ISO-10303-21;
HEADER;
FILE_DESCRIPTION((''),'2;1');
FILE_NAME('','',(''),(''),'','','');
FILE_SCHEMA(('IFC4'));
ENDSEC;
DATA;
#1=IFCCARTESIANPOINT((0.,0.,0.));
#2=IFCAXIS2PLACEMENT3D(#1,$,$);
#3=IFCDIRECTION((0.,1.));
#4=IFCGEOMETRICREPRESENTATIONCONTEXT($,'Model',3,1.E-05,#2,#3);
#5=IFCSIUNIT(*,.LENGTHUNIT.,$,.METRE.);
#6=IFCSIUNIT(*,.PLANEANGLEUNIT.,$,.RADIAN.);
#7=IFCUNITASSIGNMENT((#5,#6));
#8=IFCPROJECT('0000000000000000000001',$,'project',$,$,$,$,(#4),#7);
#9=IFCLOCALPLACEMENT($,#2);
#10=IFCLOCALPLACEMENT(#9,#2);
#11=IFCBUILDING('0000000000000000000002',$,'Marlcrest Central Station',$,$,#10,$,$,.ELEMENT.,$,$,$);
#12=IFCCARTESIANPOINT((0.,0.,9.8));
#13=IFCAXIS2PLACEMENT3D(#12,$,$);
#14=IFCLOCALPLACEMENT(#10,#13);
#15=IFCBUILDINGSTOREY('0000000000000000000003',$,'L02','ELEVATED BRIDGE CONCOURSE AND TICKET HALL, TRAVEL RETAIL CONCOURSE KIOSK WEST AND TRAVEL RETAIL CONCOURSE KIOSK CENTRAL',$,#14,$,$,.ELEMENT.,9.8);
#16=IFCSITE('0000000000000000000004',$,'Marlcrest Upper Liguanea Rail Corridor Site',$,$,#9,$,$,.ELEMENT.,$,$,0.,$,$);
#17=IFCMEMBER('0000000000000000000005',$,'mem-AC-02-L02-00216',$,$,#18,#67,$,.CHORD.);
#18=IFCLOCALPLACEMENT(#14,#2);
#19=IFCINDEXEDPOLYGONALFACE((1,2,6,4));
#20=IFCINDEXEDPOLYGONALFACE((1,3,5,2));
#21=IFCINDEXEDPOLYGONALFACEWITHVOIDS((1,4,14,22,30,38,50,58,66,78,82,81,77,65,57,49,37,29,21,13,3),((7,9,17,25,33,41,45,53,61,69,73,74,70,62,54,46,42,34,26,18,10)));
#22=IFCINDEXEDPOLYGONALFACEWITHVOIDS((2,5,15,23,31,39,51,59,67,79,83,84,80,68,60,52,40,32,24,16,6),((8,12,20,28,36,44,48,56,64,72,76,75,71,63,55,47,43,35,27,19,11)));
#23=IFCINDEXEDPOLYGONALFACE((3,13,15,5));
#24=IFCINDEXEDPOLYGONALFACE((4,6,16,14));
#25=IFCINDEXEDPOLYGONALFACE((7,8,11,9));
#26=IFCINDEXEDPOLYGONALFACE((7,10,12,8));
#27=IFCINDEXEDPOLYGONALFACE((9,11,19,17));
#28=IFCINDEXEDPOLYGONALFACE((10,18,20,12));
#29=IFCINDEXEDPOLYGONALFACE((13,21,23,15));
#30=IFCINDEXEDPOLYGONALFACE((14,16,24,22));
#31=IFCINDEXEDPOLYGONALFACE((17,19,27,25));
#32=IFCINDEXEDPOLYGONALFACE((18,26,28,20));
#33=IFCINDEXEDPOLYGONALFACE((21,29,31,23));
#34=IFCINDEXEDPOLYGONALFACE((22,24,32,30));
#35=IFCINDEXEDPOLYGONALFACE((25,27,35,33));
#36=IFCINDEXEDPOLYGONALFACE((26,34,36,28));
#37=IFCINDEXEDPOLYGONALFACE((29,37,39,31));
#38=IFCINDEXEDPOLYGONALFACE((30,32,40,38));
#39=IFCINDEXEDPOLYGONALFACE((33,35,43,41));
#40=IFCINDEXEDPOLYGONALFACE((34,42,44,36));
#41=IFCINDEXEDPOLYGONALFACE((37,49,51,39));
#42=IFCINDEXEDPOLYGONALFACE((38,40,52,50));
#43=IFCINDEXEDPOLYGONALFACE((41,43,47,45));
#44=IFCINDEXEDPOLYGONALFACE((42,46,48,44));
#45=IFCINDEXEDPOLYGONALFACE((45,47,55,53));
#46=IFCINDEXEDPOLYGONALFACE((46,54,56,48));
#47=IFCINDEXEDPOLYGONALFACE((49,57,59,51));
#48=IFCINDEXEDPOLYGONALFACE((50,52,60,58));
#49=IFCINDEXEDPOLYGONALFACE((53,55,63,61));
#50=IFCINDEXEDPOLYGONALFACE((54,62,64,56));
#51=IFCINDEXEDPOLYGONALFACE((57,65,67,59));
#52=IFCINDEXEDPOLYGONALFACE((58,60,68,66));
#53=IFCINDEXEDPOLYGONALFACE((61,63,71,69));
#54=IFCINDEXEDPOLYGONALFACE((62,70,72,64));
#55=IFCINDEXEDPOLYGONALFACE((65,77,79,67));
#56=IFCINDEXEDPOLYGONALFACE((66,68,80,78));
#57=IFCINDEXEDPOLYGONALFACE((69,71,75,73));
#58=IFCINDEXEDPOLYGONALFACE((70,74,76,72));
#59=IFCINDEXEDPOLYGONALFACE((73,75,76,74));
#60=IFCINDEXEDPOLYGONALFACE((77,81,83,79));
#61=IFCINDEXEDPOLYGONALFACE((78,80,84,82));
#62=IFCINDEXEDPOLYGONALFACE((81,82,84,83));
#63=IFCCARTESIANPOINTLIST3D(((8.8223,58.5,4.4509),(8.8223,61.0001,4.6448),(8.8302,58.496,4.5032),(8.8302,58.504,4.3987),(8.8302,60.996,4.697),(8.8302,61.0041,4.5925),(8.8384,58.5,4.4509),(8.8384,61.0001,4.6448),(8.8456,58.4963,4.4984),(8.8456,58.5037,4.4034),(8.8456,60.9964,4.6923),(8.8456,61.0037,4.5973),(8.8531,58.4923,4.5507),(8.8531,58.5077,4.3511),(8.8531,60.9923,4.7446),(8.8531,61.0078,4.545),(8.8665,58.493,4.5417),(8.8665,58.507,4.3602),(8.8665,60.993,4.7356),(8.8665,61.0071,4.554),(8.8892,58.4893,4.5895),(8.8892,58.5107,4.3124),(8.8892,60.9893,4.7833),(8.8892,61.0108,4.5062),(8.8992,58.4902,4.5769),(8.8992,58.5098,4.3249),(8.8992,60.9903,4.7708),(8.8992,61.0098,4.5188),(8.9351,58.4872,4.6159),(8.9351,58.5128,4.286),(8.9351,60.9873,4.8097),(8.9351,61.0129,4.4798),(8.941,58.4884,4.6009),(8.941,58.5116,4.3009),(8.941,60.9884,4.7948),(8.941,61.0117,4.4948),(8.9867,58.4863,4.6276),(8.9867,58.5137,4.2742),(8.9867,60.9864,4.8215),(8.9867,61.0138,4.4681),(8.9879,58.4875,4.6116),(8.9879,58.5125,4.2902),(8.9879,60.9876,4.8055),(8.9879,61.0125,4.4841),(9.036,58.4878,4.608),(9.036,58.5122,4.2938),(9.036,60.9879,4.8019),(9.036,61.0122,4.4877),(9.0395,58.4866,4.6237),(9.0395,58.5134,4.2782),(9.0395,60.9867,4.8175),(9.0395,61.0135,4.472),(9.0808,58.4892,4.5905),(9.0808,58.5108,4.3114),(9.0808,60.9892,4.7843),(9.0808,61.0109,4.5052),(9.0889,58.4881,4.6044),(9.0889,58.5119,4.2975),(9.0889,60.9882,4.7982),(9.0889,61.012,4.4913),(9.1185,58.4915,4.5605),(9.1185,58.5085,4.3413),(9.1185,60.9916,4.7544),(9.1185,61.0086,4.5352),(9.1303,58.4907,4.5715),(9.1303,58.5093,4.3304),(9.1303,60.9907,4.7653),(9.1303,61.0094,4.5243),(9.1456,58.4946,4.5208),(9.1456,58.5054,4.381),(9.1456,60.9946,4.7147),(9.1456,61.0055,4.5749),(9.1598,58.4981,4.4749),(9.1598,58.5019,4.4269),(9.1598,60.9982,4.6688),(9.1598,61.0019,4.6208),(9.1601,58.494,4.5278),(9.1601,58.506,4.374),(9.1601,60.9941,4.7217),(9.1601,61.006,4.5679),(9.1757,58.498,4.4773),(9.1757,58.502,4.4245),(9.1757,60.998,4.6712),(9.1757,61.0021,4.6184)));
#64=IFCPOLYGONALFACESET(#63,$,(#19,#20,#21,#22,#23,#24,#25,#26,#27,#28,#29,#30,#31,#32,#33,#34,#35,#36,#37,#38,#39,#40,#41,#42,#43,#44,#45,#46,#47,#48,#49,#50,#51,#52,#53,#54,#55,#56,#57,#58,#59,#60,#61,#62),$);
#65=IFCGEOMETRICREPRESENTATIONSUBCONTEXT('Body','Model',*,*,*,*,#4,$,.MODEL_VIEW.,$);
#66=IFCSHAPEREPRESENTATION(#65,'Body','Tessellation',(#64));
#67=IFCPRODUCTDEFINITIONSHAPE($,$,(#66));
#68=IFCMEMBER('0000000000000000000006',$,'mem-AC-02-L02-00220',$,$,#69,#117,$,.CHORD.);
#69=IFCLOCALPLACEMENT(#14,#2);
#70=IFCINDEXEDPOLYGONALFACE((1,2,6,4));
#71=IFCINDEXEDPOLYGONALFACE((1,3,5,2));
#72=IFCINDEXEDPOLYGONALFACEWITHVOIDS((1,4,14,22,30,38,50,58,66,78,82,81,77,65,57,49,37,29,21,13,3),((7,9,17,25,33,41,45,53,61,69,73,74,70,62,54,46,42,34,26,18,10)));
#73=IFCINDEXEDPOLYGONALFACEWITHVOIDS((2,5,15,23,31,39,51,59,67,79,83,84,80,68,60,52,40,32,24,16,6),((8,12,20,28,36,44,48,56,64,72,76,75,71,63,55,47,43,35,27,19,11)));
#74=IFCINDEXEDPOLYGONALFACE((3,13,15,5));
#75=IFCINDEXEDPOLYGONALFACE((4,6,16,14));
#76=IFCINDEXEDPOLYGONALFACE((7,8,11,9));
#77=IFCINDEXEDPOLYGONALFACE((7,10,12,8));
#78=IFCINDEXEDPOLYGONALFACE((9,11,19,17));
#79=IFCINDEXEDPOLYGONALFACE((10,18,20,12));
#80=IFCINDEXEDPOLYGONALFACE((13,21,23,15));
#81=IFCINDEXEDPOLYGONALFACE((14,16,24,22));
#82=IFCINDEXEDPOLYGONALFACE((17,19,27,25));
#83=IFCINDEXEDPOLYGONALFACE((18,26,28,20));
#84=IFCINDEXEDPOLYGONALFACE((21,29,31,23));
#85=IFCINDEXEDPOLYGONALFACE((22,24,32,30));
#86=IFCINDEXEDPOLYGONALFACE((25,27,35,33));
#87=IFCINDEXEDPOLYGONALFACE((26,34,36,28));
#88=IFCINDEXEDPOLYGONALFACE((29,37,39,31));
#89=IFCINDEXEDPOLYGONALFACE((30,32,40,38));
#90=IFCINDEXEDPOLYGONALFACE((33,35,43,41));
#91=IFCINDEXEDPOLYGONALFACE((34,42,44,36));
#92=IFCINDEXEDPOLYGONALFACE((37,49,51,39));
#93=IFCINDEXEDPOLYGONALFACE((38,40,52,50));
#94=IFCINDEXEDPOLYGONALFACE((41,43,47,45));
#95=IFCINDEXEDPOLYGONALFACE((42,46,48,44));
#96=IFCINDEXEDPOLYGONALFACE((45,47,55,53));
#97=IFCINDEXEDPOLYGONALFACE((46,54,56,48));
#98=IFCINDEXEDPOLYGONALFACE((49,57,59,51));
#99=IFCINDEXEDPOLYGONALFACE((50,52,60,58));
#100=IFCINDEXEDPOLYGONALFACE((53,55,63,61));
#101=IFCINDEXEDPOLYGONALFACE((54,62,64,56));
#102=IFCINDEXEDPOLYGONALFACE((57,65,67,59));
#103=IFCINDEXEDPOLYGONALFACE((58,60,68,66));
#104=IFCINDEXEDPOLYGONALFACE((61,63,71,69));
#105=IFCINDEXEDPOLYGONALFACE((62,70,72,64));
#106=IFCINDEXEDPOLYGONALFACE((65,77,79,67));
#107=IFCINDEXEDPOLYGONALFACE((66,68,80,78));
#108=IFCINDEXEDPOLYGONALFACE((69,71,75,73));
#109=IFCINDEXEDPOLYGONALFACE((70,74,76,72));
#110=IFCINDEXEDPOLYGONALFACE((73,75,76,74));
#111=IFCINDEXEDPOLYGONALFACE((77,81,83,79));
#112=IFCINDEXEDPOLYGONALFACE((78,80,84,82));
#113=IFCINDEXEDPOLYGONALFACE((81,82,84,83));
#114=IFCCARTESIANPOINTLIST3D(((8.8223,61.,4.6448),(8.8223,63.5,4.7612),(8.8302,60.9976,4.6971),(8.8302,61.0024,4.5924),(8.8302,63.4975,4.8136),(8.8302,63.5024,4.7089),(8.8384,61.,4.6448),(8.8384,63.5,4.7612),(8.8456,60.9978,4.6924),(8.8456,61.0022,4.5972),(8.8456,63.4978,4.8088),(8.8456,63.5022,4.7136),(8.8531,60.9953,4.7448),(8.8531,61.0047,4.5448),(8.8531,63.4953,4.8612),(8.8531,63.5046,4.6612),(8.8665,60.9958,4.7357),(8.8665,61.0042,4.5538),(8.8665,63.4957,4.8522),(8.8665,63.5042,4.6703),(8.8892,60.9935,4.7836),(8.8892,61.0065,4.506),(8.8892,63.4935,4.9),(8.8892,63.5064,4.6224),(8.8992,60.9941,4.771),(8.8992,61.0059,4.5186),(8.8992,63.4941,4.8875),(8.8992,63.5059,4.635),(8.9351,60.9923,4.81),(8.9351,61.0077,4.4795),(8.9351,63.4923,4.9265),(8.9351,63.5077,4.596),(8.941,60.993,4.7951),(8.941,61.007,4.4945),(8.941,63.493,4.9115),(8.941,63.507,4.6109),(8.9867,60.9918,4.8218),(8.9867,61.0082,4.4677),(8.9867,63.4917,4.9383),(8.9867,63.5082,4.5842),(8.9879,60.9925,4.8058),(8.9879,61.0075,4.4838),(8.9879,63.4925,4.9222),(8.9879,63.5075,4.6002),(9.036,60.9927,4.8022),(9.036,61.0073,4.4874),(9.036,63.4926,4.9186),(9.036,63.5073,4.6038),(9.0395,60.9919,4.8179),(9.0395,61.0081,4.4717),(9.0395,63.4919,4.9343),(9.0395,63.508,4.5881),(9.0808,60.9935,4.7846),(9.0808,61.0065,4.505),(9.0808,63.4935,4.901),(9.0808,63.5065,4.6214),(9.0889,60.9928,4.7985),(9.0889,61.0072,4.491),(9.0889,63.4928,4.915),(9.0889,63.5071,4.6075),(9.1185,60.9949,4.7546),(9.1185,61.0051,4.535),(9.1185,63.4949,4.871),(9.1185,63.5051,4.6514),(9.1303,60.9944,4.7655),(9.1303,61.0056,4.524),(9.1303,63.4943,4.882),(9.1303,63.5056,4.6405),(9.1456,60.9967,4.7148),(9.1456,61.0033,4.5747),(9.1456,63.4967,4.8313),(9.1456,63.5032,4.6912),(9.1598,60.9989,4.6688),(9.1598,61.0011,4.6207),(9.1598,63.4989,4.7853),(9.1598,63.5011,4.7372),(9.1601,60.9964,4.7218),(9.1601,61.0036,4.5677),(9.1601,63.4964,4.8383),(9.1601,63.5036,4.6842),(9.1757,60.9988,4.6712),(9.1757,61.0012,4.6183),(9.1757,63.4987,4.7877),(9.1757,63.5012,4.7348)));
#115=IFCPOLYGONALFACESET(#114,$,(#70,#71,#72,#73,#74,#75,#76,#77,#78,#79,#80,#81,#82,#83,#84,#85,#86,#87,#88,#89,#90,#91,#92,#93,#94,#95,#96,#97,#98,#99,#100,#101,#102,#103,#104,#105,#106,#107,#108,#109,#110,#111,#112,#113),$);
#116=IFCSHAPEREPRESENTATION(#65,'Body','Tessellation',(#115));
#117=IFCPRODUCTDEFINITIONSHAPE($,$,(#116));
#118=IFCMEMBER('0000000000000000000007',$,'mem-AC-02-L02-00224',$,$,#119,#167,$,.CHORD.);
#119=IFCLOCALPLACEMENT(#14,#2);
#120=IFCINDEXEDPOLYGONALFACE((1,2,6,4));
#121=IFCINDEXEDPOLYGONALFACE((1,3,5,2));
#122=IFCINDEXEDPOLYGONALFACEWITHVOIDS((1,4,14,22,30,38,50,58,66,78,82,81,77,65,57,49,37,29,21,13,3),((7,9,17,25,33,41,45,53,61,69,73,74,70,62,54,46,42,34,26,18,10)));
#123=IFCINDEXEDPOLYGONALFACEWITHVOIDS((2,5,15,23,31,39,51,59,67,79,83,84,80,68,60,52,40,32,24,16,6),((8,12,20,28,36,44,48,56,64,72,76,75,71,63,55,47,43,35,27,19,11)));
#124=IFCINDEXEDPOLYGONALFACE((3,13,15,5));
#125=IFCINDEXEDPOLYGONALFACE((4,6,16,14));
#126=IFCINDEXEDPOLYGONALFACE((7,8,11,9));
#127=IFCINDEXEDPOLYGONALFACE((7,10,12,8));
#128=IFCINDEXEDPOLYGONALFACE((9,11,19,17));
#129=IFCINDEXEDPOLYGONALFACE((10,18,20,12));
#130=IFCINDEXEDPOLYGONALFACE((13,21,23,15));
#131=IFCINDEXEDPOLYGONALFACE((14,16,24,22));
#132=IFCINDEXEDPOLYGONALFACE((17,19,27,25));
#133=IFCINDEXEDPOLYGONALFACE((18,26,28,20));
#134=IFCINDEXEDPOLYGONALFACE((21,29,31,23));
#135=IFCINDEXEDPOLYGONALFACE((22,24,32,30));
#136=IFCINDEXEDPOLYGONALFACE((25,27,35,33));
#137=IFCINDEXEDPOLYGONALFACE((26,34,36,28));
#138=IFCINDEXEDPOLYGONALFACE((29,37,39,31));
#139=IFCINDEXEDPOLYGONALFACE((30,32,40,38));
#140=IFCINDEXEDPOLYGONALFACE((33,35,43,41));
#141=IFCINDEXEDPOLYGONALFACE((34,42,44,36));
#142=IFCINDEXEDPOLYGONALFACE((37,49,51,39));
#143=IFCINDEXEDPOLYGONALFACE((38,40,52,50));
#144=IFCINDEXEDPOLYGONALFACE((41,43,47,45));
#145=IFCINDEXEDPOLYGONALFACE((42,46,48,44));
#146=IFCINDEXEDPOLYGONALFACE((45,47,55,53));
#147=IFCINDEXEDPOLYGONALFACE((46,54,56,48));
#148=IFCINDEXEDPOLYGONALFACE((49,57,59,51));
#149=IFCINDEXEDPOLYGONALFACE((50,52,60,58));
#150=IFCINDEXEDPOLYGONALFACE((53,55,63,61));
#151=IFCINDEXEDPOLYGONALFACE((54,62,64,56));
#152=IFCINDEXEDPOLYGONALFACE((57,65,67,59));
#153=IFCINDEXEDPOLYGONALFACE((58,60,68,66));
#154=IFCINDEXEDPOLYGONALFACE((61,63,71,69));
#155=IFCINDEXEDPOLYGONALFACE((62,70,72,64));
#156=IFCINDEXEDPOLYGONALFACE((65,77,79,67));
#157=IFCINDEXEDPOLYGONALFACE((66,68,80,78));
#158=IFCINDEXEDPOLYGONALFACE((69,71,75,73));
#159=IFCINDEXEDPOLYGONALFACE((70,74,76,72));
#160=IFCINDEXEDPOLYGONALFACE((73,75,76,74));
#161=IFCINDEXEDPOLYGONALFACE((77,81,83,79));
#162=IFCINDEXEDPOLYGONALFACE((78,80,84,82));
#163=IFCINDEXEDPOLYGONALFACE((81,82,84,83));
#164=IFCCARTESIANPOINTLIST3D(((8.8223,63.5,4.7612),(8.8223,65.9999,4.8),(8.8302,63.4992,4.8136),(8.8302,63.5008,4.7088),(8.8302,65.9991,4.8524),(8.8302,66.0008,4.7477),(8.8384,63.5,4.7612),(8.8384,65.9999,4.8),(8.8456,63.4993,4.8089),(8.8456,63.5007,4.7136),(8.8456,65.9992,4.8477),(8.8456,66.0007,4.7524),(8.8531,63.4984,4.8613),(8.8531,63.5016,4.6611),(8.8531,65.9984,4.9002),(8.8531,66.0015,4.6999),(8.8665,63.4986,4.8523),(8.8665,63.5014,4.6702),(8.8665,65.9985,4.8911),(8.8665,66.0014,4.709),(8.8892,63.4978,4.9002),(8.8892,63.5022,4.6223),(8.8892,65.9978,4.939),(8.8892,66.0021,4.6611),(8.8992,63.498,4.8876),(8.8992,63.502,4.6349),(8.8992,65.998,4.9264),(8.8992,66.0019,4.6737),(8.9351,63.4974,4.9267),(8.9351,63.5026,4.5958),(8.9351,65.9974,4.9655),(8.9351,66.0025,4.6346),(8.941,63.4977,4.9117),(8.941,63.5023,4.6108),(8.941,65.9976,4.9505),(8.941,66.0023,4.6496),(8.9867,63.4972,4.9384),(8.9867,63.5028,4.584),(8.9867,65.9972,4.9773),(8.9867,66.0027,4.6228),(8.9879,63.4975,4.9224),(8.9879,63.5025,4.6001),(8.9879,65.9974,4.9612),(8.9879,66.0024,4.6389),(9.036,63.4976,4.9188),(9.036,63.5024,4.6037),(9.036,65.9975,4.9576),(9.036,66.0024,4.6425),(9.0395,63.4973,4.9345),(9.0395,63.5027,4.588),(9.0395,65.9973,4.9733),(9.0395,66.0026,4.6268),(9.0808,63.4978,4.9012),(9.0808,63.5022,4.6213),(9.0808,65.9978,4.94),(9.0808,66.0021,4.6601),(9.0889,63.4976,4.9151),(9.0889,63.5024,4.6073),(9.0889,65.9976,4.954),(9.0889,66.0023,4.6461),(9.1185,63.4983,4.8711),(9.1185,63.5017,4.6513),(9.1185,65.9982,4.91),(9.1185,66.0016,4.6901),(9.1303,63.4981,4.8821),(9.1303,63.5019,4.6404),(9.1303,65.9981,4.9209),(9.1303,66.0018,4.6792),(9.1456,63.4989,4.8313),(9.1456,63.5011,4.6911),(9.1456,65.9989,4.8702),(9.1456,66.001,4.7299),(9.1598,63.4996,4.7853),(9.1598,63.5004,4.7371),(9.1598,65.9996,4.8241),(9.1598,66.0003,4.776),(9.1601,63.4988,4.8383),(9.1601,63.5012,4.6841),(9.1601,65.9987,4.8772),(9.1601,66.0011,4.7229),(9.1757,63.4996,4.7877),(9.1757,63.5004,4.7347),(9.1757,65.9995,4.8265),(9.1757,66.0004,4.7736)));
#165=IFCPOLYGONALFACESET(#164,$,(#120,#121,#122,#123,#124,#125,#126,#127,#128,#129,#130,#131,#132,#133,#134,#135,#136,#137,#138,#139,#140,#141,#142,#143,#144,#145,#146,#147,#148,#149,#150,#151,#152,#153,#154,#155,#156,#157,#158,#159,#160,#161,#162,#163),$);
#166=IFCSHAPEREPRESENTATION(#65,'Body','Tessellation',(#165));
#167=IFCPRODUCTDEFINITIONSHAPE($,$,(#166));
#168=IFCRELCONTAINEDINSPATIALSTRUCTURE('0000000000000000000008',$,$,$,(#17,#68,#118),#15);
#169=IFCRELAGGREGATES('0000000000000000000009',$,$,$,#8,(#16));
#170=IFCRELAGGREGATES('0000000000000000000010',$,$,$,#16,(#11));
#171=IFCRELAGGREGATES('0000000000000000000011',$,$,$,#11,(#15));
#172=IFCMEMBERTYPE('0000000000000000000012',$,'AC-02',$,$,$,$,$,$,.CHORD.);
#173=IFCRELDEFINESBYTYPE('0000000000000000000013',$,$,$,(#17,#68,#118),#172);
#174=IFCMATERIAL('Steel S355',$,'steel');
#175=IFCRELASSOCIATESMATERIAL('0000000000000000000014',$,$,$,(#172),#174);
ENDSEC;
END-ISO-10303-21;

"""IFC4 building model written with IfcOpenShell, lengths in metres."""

from ifc_helpers import new_model, si_unit, direction, frame, origin, origin_2d, place, context, subcontext, project, spatial, hollow_circle, extrude, material, material_profile, profile_set, type_object, element, save


model = new_model("IFC4")

# Units and contexts
model_context = context("Model", 3, precision=1e-05, world=origin(), true_north=direction((0.0, 1.0)))
body_context = subcontext(model_context, "Body", "Model", "MODEL_VIEW")
ifc_project = project(units=[si_unit("LENGTHUNIT", "METRE"), si_unit("PLANEANGLEUNIT", "RADIAN")], contexts=[model_context])

# Site, building, storey
site_placement = place(None, origin())
site = spatial("IfcSite", under=ifc_project, at=site_placement, Name="Marlcrest Upper Liguanea Rail Corridor Site", CompositionType="ELEMENT", RefElevation=0.0)
building_placement = place(site_placement, origin())
building = spatial("IfcBuilding", under=site, at=building_placement, Name="Marlcrest Central Station", CompositionType="ELEMENT")
storey_placement = place(building_placement, frame((0.0, 0.0, 9.8)))
storey = spatial("IfcBuildingStorey", under=building, at=storey_placement, Name="L02", Description="ELEVATED BRIDGE CONCOURSE AND TICKET HALL, TRAVEL RETAIL CONCOURSE KIOSK WEST AND TRAVEL RETAIL CONCOURSE KIOSK CENTRAL", CompositionType="ELEMENT", Elevation=9.8)

# Members
ifc_material = material(Name="Steel S355", Category="steel")
ifc_material_profile_1 = material_profile(ifc_material, hollow_circle(Radius=0.1777, WallThickness=0.0161, at=origin_2d()), Name="CHS 355.6x16")
ifc_profile_set_1 = profile_set([ifc_material_profile_1], Name="Steel S355")
member_type_1 = type_object("IfcMemberType", Name="AC-02", PredefinedType="CHORD", material=ifc_profile_set_1)
member_1_placement = place(storey_placement, frame((9.0, 58.5, 4.4509), z_axis=(0.0, 0.997007, 0.077307), x_axis=(-1.0, 0.0, 0.0)))
element("IfcMember", 1, at=member_1_placement, inside=storey, type_object=member_type_1, Name="mem-AC-02-L02-00216", PredefinedType="CHORD", context=body_context, shape_type="SweptSolid", body=[
    extrude(hollow_circle(Radius=0.1777, WallThickness=0.0161, at=origin_2d()), origin(), (0.0, 0.0, 1.0), 2.5076),
])
member_2_placement = place(storey_placement, frame((9.0, 61.0, 4.6448), z_axis=(0.0, 0.998917, 0.046532), x_axis=(-1.0, 0.0, 0.0)))
element("IfcMember", 2, at=member_2_placement, inside=storey, type_object=member_type_1, Name="mem-AC-02-L02-00220", PredefinedType="CHORD", context=body_context, shape_type="SweptSolid", body=[
    extrude(hollow_circle(Radius=0.1777, WallThickness=0.0161, at=origin_2d()), origin(), (0.0, 0.0, 1.0), 2.5027),
])
member_3_placement = place(storey_placement, frame((9.0, 63.5, 4.7612), z_axis=(0.0, 0.999879, 0.015525), x_axis=(-1.0, 0.0, 0.0)))
element("IfcMember", 3, at=member_3_placement, inside=storey, type_object=member_type_1, Name="mem-AC-02-L02-00224", PredefinedType="CHORD", context=body_context, shape_type="SweptSolid", body=[
    extrude(hollow_circle(Radius=0.1777, WallThickness=0.0161, at=origin_2d()), origin(), (0.0, 0.0, 1.0), 2.5002),
])

save(model, "model.ifc")
